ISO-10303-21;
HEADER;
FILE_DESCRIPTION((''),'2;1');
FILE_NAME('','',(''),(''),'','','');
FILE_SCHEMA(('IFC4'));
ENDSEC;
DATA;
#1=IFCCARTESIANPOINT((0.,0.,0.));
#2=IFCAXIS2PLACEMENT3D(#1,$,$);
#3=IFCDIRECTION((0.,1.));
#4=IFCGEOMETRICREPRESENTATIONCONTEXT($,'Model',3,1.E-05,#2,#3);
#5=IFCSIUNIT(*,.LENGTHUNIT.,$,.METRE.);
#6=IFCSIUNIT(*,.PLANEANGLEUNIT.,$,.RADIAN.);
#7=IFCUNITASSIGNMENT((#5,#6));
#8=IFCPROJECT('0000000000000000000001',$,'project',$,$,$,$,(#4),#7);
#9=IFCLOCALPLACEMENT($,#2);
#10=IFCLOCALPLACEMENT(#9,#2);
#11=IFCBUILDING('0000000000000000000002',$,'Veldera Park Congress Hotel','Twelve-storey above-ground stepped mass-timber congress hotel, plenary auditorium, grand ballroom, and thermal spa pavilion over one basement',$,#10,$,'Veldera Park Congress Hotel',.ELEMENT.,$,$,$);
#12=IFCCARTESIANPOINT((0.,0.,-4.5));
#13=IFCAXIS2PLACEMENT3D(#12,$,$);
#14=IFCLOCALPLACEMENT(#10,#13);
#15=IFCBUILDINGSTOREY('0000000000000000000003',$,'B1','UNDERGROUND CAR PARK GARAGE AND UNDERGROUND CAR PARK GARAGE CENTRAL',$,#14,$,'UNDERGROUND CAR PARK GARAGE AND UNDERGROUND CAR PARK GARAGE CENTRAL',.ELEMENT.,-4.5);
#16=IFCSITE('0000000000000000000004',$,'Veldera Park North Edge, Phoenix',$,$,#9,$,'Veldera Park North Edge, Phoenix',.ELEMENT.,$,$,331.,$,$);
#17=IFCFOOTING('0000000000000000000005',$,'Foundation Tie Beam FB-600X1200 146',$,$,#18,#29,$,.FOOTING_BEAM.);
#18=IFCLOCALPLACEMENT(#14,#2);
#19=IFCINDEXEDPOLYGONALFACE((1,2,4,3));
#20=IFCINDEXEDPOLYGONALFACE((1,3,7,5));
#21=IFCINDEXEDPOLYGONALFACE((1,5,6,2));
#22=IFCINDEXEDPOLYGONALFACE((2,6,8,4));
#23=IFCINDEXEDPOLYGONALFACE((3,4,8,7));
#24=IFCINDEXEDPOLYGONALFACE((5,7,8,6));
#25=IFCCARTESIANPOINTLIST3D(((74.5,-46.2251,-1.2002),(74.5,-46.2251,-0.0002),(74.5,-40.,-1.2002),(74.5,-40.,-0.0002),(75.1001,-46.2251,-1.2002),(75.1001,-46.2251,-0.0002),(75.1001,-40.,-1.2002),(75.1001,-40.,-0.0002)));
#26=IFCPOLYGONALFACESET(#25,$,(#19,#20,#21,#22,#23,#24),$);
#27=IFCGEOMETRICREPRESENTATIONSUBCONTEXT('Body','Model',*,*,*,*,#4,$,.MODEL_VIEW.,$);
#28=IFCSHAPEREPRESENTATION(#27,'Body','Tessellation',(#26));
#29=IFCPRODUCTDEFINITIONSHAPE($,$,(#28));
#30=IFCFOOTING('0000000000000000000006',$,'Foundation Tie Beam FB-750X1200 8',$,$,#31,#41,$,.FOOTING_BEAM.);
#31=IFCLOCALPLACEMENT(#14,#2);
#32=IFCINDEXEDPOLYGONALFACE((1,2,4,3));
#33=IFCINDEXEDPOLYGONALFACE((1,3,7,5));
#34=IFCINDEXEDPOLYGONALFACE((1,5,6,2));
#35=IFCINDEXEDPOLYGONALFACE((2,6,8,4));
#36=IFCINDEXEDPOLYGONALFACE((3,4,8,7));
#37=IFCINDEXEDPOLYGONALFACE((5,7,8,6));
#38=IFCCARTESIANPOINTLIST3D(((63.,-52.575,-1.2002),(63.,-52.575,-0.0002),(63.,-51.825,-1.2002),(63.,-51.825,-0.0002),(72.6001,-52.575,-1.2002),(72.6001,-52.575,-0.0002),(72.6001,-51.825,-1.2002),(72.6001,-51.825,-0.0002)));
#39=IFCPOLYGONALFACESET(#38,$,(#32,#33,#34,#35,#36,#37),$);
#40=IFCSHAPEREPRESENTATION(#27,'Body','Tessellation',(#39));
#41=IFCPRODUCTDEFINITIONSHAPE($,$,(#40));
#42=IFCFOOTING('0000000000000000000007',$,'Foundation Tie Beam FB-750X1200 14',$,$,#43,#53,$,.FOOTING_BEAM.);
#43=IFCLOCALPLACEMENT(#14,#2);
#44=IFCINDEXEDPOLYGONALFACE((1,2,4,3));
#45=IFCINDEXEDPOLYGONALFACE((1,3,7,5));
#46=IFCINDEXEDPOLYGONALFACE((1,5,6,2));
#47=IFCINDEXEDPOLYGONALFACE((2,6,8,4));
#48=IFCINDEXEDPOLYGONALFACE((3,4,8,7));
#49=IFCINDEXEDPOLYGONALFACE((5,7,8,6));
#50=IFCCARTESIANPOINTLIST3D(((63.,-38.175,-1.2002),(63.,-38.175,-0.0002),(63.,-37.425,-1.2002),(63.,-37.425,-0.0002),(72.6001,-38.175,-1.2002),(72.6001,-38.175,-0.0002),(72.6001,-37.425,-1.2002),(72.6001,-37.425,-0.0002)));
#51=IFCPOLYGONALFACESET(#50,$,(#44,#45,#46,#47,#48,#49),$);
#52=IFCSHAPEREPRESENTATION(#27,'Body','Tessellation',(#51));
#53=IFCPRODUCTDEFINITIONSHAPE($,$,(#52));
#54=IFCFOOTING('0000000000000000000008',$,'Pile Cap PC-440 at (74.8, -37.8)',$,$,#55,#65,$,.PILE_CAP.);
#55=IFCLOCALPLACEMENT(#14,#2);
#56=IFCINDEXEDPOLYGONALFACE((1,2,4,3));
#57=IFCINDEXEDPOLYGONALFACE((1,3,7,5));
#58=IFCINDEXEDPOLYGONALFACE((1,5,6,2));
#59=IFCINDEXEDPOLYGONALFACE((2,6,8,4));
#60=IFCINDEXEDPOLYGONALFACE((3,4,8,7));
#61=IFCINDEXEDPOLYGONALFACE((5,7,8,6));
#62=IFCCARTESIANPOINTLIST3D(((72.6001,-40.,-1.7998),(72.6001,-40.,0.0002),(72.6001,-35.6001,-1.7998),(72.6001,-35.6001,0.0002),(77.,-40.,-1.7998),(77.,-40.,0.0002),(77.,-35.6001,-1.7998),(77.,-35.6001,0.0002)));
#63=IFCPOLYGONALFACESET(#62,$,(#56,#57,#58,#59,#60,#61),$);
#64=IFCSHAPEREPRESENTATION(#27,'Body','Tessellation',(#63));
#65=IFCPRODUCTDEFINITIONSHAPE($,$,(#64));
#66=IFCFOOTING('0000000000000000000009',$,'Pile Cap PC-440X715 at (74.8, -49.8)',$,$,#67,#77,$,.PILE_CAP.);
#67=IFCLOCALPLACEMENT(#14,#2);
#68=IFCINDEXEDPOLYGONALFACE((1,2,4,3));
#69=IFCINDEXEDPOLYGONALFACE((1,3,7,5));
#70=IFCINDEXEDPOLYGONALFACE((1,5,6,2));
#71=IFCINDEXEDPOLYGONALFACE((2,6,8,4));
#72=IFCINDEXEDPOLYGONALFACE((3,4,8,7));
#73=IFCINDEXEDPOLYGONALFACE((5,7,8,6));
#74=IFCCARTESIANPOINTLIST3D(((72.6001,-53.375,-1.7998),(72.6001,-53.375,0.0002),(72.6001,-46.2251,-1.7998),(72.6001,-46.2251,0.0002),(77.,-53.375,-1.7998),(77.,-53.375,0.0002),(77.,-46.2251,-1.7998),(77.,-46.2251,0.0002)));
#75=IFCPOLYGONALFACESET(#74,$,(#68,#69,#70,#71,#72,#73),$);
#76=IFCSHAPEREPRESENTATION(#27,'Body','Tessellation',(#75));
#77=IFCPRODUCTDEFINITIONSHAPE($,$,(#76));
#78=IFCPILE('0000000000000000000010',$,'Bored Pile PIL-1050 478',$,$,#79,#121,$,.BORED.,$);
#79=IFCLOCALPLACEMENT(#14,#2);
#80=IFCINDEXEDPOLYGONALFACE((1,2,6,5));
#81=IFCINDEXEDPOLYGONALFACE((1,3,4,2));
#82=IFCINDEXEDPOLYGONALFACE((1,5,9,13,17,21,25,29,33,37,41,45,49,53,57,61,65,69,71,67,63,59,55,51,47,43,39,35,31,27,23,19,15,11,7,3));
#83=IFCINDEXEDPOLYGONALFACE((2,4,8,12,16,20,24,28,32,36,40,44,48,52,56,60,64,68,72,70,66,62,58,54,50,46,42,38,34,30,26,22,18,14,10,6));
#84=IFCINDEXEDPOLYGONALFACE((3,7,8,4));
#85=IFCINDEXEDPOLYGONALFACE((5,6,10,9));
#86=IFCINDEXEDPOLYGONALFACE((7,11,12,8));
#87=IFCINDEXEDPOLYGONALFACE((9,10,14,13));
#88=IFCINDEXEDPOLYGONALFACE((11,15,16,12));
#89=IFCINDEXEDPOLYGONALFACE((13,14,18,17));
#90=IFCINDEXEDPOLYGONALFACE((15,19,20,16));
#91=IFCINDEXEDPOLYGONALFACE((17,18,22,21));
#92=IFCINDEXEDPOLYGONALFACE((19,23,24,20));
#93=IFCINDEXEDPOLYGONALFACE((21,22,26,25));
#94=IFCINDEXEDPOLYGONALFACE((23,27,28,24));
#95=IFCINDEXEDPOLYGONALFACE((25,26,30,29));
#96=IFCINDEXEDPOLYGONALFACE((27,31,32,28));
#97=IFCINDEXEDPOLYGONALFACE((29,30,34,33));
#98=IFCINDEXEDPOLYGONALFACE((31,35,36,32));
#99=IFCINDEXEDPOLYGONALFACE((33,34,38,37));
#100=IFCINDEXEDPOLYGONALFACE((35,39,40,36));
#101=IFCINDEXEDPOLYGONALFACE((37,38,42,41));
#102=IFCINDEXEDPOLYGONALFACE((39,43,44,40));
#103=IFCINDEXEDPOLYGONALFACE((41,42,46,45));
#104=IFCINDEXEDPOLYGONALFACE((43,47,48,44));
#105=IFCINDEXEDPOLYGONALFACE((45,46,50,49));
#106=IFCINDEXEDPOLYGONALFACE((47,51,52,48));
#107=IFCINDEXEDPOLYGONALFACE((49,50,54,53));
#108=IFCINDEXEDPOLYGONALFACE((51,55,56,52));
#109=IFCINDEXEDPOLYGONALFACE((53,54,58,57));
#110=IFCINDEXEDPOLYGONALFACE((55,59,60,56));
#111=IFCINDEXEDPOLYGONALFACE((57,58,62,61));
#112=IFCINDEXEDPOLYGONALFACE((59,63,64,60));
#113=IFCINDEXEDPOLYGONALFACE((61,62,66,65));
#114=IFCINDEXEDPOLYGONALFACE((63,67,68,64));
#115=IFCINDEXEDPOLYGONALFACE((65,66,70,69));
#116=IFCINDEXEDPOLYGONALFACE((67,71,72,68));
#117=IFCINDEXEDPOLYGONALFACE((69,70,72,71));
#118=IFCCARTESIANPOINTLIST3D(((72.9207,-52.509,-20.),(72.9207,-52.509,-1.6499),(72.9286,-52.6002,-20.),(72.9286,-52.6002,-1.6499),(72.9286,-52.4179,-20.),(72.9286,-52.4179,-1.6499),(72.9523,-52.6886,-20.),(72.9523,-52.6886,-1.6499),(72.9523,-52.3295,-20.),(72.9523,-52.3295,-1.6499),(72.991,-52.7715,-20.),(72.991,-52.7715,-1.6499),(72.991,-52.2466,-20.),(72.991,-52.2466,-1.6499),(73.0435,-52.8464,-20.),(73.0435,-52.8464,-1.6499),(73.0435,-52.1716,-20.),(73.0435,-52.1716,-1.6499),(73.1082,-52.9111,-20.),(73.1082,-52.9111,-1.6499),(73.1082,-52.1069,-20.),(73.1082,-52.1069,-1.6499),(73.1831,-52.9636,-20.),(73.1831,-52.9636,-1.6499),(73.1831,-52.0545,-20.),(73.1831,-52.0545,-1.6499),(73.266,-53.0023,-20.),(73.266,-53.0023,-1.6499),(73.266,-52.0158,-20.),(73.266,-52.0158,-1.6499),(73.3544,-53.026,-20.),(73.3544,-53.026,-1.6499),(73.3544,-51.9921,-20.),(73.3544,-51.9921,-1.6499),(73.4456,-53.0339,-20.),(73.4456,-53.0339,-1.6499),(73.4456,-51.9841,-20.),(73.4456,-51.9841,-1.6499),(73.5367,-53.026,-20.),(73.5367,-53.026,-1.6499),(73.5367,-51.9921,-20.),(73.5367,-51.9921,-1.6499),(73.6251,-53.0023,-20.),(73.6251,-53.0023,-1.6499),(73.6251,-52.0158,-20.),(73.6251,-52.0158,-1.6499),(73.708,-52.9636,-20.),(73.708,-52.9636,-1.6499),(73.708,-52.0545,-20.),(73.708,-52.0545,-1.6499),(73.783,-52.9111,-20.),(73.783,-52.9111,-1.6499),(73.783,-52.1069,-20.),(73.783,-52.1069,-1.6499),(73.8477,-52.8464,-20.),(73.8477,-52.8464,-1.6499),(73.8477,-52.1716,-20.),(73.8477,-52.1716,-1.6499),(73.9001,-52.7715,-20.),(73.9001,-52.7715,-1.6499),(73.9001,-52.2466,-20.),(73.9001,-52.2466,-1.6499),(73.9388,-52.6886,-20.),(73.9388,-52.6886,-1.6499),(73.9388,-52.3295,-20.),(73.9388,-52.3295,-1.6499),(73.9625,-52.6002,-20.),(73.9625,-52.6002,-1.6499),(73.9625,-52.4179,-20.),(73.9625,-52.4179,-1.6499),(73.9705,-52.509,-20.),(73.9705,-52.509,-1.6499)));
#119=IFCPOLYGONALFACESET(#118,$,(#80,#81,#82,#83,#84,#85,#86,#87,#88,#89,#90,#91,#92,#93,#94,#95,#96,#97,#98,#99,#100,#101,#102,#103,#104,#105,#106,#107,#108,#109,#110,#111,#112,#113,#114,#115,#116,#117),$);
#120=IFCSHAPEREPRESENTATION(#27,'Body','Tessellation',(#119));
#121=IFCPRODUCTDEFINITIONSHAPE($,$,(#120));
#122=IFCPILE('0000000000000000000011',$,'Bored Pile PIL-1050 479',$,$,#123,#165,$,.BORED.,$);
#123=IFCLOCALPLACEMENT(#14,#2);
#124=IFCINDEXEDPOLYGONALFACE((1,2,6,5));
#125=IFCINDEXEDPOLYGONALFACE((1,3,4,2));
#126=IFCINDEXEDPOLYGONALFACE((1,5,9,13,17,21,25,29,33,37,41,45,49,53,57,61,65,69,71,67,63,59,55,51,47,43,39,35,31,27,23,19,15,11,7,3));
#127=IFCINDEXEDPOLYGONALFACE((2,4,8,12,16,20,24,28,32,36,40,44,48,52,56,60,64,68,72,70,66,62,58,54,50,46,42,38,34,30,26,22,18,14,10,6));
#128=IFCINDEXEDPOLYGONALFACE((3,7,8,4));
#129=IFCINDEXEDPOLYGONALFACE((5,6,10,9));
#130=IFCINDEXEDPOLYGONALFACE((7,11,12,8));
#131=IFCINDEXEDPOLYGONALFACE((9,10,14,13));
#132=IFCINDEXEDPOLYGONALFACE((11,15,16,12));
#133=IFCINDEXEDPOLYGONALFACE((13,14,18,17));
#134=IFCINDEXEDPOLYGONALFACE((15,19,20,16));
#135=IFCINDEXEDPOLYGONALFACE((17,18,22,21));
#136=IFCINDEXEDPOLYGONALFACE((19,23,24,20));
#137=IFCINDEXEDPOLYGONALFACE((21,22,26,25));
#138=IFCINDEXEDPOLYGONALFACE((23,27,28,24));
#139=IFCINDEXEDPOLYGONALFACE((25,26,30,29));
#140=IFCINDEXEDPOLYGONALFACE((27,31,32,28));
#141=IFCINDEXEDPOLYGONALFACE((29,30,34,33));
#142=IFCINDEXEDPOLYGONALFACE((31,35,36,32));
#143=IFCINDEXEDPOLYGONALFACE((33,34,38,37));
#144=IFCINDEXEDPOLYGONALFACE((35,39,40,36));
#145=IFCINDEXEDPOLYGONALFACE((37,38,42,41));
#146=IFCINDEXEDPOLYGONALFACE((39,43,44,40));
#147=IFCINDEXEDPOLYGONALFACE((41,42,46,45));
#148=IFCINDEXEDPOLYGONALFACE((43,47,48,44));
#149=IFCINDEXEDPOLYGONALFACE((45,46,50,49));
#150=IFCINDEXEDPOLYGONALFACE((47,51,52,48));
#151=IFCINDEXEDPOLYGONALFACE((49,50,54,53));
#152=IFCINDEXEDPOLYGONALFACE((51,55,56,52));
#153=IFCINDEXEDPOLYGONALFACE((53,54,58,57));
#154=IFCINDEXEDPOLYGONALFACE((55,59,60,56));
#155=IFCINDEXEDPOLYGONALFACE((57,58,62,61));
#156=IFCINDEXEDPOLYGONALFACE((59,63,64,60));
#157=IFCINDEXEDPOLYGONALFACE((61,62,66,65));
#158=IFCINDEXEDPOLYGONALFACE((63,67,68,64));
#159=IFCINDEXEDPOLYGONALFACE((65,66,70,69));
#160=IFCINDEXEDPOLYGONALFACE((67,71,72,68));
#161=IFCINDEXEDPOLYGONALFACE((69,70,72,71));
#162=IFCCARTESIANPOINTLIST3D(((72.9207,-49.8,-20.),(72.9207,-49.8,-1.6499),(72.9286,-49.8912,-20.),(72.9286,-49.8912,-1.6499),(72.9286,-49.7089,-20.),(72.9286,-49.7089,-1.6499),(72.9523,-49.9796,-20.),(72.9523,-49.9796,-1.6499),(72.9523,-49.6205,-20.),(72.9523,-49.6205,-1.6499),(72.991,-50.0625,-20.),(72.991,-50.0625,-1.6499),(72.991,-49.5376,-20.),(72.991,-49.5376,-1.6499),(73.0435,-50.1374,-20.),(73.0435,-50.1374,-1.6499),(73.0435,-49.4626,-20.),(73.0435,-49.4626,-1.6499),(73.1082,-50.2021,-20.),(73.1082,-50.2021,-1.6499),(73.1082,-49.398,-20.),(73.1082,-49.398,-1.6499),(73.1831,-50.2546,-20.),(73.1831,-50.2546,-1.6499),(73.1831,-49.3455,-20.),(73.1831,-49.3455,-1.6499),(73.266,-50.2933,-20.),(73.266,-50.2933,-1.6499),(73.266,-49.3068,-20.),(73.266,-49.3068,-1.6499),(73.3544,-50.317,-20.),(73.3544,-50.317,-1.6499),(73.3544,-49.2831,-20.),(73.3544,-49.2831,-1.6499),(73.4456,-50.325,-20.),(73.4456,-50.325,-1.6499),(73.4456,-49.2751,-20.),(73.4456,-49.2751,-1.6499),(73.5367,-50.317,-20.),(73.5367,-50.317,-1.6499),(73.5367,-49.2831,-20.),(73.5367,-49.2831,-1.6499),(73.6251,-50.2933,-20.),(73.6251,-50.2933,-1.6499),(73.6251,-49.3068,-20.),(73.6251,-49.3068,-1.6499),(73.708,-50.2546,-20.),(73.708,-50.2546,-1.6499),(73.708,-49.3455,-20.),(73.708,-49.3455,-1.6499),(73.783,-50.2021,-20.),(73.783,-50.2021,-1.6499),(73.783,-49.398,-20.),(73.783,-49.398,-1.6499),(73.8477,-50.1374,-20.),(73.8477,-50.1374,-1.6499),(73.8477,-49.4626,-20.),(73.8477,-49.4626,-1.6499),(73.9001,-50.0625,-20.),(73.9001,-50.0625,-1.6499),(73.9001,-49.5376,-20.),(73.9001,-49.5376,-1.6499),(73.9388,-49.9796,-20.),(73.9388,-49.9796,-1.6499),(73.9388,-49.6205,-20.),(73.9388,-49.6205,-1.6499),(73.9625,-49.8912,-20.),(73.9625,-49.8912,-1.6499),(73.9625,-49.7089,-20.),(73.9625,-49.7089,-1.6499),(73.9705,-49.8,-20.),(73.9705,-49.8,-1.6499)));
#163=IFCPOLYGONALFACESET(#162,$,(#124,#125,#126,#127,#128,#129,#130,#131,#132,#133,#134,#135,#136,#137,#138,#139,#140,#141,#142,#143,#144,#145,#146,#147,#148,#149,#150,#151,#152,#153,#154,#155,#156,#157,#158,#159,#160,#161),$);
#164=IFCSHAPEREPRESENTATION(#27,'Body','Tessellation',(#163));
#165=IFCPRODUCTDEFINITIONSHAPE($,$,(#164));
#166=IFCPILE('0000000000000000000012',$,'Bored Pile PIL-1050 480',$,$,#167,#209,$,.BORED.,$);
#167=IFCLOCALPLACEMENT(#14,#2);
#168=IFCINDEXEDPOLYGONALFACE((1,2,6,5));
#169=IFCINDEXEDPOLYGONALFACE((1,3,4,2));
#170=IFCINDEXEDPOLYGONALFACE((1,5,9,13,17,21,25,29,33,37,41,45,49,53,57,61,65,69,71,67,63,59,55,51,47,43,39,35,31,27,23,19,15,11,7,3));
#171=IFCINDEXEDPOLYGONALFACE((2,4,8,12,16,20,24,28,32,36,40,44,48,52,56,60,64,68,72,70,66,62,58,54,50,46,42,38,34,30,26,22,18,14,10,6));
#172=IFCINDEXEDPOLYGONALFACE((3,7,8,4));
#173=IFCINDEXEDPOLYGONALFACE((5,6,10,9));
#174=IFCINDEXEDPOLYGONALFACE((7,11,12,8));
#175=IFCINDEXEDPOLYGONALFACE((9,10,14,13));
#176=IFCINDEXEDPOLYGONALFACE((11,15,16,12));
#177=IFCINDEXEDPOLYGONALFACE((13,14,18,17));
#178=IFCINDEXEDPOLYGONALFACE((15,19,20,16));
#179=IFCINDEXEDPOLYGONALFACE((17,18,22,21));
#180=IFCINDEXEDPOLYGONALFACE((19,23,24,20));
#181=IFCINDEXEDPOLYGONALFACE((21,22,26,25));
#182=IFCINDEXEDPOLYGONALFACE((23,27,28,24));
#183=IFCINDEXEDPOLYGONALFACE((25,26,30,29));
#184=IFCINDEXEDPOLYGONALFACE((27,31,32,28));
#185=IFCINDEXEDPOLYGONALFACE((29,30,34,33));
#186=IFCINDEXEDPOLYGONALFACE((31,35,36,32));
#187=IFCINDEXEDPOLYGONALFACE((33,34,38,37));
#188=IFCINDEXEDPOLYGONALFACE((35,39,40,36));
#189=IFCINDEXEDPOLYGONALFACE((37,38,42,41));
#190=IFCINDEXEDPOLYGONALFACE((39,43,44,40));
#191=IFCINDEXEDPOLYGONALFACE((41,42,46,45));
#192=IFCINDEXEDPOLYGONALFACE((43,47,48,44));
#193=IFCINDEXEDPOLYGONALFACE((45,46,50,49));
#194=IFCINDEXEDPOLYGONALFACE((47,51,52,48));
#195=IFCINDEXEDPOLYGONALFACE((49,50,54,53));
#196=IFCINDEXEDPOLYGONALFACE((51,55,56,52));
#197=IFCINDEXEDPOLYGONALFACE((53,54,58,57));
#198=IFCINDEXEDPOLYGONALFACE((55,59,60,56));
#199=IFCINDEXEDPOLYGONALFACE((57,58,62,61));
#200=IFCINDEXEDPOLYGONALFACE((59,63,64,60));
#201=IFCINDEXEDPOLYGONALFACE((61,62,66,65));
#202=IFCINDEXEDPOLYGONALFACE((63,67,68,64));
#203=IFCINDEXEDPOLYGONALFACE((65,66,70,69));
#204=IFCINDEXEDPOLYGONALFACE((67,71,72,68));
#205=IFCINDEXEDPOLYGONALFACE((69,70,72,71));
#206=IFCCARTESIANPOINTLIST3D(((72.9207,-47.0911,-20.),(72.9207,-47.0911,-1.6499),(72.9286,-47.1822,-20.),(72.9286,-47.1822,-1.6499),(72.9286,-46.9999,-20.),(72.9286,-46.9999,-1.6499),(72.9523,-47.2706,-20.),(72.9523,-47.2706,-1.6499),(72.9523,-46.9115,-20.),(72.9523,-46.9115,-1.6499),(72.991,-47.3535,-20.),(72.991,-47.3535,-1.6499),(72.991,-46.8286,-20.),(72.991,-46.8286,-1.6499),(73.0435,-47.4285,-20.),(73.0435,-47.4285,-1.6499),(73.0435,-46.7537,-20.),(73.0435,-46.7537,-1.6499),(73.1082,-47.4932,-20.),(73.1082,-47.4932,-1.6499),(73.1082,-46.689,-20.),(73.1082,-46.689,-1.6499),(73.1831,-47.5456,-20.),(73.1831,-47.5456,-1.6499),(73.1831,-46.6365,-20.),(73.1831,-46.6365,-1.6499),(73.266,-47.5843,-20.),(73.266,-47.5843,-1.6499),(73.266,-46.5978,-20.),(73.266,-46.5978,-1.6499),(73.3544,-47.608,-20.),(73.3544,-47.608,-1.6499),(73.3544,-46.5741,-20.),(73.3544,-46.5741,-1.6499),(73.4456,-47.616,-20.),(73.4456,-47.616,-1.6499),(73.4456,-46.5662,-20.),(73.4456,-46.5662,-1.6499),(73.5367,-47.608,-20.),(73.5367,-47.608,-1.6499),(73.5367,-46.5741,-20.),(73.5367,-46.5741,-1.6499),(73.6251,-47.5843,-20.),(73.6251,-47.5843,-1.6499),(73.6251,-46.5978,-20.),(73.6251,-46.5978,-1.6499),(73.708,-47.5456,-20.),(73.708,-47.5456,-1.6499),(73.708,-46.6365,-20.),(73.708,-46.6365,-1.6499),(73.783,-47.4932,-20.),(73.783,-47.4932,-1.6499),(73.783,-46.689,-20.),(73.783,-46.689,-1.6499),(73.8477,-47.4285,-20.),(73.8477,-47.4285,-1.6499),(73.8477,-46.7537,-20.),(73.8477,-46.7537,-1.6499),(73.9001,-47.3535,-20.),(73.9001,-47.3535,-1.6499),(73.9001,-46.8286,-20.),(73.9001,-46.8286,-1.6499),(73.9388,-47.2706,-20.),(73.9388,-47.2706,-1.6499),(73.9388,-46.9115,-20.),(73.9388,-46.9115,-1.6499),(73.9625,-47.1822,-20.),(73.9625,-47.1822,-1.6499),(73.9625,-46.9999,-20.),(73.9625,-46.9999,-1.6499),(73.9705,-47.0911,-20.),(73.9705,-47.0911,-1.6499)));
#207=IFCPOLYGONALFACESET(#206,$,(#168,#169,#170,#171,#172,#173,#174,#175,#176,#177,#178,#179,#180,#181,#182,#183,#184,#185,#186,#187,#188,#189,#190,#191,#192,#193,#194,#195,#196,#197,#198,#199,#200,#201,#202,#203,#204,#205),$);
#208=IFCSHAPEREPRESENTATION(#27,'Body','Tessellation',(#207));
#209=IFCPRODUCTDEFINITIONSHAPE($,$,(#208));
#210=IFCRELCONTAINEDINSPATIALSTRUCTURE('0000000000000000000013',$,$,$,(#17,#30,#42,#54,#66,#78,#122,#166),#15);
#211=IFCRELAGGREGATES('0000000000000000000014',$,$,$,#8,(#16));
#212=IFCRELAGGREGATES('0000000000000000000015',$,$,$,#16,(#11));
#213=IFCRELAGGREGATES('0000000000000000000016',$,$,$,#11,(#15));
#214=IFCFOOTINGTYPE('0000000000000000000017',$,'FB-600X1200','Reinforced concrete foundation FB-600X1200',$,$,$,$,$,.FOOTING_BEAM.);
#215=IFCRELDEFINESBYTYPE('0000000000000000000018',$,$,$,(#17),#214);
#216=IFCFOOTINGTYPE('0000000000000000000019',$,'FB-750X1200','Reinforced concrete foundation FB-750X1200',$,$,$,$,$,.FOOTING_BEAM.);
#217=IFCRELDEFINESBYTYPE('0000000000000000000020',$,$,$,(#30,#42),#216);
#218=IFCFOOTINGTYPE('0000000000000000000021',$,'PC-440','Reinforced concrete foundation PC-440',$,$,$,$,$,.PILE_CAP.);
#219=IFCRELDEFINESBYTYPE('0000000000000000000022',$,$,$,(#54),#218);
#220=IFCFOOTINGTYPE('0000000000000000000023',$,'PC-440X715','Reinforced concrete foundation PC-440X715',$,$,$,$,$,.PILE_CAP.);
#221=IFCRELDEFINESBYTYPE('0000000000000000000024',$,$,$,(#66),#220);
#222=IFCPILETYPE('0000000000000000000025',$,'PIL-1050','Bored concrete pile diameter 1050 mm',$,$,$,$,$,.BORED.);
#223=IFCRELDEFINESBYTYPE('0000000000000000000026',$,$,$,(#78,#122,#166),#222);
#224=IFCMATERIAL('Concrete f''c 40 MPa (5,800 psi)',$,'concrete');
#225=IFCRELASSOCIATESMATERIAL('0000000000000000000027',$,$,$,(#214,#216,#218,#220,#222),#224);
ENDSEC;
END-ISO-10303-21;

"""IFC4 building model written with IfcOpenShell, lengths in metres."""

from ifc_helpers import new_model, si_unit, direction, frame, origin, origin_2d, place, context, subcontext, project, spatial, rectangle, circle, extrude, material, material_profile, profile_set, type_object, element, save


model = new_model("IFC4")

# Units and contexts
model_context = context("Model", 3, precision=1e-05, world=origin(), true_north=direction((0.0, 1.0)))
body_context = subcontext(model_context, "Body", "Model", "MODEL_VIEW")
ifc_project = project(units=[si_unit("LENGTHUNIT", "METRE"), si_unit("PLANEANGLEUNIT", "RADIAN")], contexts=[model_context])

# Site, building, storey
site_placement = place(None, origin())
site = spatial("IfcSite", under=ifc_project, at=site_placement, Name="Veldera Park North Edge, Phoenix", LongName="Veldera Park North Edge, Phoenix", CompositionType="ELEMENT", RefElevation=331.0)
building_placement = place(site_placement, origin())
building = spatial("IfcBuilding", under=site, at=building_placement, Name="Veldera Park Congress Hotel", Description="Twelve-storey above-ground stepped mass-timber congress hotel, plenary auditorium, grand ballroom, and thermal spa pavilion over one basement", LongName="Veldera Park Congress Hotel", CompositionType="ELEMENT")
storey_placement = place(building_placement, frame((0.0, 0.0, -4.5)))
storey = spatial("IfcBuildingStorey", under=building, at=storey_placement, Name="B1", Description="UNDERGROUND CAR PARK GARAGE AND UNDERGROUND CAR PARK GARAGE CENTRAL", LongName="UNDERGROUND CAR PARK GARAGE AND UNDERGROUND CAR PARK GARAGE CENTRAL", CompositionType="ELEMENT", Elevation=-4.5)

# Footings
ifc_material_1 = material(Name="Concrete f'c 40 MPa (5,800 psi)", Category="concrete")
footing_type_1 = type_object("IfcFootingType", Name="FB-600X1200", Description="Reinforced concrete foundation FB-600X1200", PredefinedType="FOOTING_BEAM", material=ifc_material_1)
footing_1_placement = place(storey_placement, frame((74.8, -43.1125, -1.2002), z_axis=(0.0, 0.0, 1.0), x_axis=(0.0, 1.0, 0.0)))
element("IfcFooting", 1, at=footing_1_placement, inside=storey, type_object=footing_type_1, Name="Foundation Tie Beam FB-600X1200 146", PredefinedType="FOOTING_BEAM", context=body_context, shape_type="SweptSolid", body=[
    extrude(rectangle(XDim=6.2251, YDim=0.6001, at=origin_2d()), origin(), (0.0, 0.0, 1.0), 1.2),
])
footing_type_2 = type_object("IfcFootingType", Name="FB-750X1200", Description="Reinforced concrete foundation FB-750X1200", PredefinedType="FOOTING_BEAM", material=ifc_material_1)
for number, where, z_axis, x_axis, name in (
    (2, (67.8, -52.2, -1.2002), (0.0, 0.0, 1.0), (1.0, 0.0, 0.0), "Foundation Tie Beam FB-750X1200 8"),
    (3, (67.8, -37.8, -1.2002), (0.0, 0.0, 1.0), (1.0, 0.0, 0.0), "Foundation Tie Beam FB-750X1200 14"),
):
    element("IfcFooting", number, at=place(storey_placement, frame(where, z_axis=z_axis, x_axis=x_axis)), inside=storey, type_object=footing_type_2, Name=name, PredefinedType="FOOTING_BEAM", context=body_context, shape_type="SweptSolid", body=[
        extrude(rectangle(XDim=9.6001, YDim=0.75, at=origin_2d()), origin(), (0.0, 0.0, 1.0), 1.2),
    ])
footing_type_3 = type_object("IfcFootingType", Name="PC-440", Description="Reinforced concrete foundation PC-440", PredefinedType="PILE_CAP", material=ifc_material_1)
footing_2_placement = place(storey_placement, frame((74.8, -37.8, -1.7998), z_axis=(0.0, 0.0, 1.0), x_axis=(1.0, 0.0, 0.0)))
element("IfcFooting", 4, at=footing_2_placement, inside=storey, type_object=footing_type_3, Name="Pile Cap PC-440 at (74.8, -37.8)", PredefinedType="PILE_CAP", context=body_context, shape_type="SweptSolid", body=[
    extrude(rectangle(XDim=4.3999, YDim=4.3999, at=origin_2d()), origin(), (0.0, 0.0, 1.0), 1.8),
])
footing_type_4 = type_object("IfcFootingType", Name="PC-440X715", Description="Reinforced concrete foundation PC-440X715", PredefinedType="PILE_CAP", material=ifc_material_1)
footing_3_placement = place(storey_placement, frame((74.8, -49.8, -1.7998), z_axis=(0.0, 0.0, 1.0), x_axis=(1.0, 0.0, 0.0)))
element("IfcFooting", 5, at=footing_3_placement, inside=storey, type_object=footing_type_4, Name="Pile Cap PC-440X715 at (74.8, -49.8)", PredefinedType="PILE_CAP", context=body_context, shape_type="SweptSolid", body=[
    extrude(rectangle(XDim=4.3999, YDim=7.1499, at=origin_2d()), origin(), (0.0, 0.0, 1.0), 1.8),
])

# Piles
ifc_material_profile_1 = material_profile(ifc_material_1, circle(Radius=0.5249, at=origin_2d()), Name="PILE D1050")
ifc_profile_set_1 = profile_set([ifc_material_profile_1], Name="Concrete f'c 40 MPa (5,800 psi)")
pile_type = type_object("IfcPileType", Name="PIL-1050", Description="Bored concrete pile diameter 1050 mm", PredefinedType="BORED", material=ifc_profile_set_1)
for number, where, z_axis, x_axis, name in (
    (6, (73.4456, -52.509, -1.6499), (0.0, 0.0, -1.0), (1.0, 0.0, 0.0), "Bored Pile PIL-1050 478"),
    (7, (73.4456, -49.8, -1.6499), (0.0, 0.0, -1.0), (1.0, 0.0, 0.0), "Bored Pile PIL-1050 479"),
    (8, (73.4456, -47.0911, -1.6499), (0.0, 0.0, -1.0), (1.0, 0.0, 0.0), "Bored Pile PIL-1050 480"),
):
    element("IfcPile", number, at=place(storey_placement, frame(where, z_axis=z_axis, x_axis=x_axis)), inside=storey, type_object=pile_type, Name=name, PredefinedType="BORED", context=body_context, shape_type="SweptSolid", body=[
        extrude(circle(Radius=0.5249, at=origin_2d()), origin(), (0.0, 0.0, 1.0), 18.3501),
    ])

save(model, "model.ifc")
